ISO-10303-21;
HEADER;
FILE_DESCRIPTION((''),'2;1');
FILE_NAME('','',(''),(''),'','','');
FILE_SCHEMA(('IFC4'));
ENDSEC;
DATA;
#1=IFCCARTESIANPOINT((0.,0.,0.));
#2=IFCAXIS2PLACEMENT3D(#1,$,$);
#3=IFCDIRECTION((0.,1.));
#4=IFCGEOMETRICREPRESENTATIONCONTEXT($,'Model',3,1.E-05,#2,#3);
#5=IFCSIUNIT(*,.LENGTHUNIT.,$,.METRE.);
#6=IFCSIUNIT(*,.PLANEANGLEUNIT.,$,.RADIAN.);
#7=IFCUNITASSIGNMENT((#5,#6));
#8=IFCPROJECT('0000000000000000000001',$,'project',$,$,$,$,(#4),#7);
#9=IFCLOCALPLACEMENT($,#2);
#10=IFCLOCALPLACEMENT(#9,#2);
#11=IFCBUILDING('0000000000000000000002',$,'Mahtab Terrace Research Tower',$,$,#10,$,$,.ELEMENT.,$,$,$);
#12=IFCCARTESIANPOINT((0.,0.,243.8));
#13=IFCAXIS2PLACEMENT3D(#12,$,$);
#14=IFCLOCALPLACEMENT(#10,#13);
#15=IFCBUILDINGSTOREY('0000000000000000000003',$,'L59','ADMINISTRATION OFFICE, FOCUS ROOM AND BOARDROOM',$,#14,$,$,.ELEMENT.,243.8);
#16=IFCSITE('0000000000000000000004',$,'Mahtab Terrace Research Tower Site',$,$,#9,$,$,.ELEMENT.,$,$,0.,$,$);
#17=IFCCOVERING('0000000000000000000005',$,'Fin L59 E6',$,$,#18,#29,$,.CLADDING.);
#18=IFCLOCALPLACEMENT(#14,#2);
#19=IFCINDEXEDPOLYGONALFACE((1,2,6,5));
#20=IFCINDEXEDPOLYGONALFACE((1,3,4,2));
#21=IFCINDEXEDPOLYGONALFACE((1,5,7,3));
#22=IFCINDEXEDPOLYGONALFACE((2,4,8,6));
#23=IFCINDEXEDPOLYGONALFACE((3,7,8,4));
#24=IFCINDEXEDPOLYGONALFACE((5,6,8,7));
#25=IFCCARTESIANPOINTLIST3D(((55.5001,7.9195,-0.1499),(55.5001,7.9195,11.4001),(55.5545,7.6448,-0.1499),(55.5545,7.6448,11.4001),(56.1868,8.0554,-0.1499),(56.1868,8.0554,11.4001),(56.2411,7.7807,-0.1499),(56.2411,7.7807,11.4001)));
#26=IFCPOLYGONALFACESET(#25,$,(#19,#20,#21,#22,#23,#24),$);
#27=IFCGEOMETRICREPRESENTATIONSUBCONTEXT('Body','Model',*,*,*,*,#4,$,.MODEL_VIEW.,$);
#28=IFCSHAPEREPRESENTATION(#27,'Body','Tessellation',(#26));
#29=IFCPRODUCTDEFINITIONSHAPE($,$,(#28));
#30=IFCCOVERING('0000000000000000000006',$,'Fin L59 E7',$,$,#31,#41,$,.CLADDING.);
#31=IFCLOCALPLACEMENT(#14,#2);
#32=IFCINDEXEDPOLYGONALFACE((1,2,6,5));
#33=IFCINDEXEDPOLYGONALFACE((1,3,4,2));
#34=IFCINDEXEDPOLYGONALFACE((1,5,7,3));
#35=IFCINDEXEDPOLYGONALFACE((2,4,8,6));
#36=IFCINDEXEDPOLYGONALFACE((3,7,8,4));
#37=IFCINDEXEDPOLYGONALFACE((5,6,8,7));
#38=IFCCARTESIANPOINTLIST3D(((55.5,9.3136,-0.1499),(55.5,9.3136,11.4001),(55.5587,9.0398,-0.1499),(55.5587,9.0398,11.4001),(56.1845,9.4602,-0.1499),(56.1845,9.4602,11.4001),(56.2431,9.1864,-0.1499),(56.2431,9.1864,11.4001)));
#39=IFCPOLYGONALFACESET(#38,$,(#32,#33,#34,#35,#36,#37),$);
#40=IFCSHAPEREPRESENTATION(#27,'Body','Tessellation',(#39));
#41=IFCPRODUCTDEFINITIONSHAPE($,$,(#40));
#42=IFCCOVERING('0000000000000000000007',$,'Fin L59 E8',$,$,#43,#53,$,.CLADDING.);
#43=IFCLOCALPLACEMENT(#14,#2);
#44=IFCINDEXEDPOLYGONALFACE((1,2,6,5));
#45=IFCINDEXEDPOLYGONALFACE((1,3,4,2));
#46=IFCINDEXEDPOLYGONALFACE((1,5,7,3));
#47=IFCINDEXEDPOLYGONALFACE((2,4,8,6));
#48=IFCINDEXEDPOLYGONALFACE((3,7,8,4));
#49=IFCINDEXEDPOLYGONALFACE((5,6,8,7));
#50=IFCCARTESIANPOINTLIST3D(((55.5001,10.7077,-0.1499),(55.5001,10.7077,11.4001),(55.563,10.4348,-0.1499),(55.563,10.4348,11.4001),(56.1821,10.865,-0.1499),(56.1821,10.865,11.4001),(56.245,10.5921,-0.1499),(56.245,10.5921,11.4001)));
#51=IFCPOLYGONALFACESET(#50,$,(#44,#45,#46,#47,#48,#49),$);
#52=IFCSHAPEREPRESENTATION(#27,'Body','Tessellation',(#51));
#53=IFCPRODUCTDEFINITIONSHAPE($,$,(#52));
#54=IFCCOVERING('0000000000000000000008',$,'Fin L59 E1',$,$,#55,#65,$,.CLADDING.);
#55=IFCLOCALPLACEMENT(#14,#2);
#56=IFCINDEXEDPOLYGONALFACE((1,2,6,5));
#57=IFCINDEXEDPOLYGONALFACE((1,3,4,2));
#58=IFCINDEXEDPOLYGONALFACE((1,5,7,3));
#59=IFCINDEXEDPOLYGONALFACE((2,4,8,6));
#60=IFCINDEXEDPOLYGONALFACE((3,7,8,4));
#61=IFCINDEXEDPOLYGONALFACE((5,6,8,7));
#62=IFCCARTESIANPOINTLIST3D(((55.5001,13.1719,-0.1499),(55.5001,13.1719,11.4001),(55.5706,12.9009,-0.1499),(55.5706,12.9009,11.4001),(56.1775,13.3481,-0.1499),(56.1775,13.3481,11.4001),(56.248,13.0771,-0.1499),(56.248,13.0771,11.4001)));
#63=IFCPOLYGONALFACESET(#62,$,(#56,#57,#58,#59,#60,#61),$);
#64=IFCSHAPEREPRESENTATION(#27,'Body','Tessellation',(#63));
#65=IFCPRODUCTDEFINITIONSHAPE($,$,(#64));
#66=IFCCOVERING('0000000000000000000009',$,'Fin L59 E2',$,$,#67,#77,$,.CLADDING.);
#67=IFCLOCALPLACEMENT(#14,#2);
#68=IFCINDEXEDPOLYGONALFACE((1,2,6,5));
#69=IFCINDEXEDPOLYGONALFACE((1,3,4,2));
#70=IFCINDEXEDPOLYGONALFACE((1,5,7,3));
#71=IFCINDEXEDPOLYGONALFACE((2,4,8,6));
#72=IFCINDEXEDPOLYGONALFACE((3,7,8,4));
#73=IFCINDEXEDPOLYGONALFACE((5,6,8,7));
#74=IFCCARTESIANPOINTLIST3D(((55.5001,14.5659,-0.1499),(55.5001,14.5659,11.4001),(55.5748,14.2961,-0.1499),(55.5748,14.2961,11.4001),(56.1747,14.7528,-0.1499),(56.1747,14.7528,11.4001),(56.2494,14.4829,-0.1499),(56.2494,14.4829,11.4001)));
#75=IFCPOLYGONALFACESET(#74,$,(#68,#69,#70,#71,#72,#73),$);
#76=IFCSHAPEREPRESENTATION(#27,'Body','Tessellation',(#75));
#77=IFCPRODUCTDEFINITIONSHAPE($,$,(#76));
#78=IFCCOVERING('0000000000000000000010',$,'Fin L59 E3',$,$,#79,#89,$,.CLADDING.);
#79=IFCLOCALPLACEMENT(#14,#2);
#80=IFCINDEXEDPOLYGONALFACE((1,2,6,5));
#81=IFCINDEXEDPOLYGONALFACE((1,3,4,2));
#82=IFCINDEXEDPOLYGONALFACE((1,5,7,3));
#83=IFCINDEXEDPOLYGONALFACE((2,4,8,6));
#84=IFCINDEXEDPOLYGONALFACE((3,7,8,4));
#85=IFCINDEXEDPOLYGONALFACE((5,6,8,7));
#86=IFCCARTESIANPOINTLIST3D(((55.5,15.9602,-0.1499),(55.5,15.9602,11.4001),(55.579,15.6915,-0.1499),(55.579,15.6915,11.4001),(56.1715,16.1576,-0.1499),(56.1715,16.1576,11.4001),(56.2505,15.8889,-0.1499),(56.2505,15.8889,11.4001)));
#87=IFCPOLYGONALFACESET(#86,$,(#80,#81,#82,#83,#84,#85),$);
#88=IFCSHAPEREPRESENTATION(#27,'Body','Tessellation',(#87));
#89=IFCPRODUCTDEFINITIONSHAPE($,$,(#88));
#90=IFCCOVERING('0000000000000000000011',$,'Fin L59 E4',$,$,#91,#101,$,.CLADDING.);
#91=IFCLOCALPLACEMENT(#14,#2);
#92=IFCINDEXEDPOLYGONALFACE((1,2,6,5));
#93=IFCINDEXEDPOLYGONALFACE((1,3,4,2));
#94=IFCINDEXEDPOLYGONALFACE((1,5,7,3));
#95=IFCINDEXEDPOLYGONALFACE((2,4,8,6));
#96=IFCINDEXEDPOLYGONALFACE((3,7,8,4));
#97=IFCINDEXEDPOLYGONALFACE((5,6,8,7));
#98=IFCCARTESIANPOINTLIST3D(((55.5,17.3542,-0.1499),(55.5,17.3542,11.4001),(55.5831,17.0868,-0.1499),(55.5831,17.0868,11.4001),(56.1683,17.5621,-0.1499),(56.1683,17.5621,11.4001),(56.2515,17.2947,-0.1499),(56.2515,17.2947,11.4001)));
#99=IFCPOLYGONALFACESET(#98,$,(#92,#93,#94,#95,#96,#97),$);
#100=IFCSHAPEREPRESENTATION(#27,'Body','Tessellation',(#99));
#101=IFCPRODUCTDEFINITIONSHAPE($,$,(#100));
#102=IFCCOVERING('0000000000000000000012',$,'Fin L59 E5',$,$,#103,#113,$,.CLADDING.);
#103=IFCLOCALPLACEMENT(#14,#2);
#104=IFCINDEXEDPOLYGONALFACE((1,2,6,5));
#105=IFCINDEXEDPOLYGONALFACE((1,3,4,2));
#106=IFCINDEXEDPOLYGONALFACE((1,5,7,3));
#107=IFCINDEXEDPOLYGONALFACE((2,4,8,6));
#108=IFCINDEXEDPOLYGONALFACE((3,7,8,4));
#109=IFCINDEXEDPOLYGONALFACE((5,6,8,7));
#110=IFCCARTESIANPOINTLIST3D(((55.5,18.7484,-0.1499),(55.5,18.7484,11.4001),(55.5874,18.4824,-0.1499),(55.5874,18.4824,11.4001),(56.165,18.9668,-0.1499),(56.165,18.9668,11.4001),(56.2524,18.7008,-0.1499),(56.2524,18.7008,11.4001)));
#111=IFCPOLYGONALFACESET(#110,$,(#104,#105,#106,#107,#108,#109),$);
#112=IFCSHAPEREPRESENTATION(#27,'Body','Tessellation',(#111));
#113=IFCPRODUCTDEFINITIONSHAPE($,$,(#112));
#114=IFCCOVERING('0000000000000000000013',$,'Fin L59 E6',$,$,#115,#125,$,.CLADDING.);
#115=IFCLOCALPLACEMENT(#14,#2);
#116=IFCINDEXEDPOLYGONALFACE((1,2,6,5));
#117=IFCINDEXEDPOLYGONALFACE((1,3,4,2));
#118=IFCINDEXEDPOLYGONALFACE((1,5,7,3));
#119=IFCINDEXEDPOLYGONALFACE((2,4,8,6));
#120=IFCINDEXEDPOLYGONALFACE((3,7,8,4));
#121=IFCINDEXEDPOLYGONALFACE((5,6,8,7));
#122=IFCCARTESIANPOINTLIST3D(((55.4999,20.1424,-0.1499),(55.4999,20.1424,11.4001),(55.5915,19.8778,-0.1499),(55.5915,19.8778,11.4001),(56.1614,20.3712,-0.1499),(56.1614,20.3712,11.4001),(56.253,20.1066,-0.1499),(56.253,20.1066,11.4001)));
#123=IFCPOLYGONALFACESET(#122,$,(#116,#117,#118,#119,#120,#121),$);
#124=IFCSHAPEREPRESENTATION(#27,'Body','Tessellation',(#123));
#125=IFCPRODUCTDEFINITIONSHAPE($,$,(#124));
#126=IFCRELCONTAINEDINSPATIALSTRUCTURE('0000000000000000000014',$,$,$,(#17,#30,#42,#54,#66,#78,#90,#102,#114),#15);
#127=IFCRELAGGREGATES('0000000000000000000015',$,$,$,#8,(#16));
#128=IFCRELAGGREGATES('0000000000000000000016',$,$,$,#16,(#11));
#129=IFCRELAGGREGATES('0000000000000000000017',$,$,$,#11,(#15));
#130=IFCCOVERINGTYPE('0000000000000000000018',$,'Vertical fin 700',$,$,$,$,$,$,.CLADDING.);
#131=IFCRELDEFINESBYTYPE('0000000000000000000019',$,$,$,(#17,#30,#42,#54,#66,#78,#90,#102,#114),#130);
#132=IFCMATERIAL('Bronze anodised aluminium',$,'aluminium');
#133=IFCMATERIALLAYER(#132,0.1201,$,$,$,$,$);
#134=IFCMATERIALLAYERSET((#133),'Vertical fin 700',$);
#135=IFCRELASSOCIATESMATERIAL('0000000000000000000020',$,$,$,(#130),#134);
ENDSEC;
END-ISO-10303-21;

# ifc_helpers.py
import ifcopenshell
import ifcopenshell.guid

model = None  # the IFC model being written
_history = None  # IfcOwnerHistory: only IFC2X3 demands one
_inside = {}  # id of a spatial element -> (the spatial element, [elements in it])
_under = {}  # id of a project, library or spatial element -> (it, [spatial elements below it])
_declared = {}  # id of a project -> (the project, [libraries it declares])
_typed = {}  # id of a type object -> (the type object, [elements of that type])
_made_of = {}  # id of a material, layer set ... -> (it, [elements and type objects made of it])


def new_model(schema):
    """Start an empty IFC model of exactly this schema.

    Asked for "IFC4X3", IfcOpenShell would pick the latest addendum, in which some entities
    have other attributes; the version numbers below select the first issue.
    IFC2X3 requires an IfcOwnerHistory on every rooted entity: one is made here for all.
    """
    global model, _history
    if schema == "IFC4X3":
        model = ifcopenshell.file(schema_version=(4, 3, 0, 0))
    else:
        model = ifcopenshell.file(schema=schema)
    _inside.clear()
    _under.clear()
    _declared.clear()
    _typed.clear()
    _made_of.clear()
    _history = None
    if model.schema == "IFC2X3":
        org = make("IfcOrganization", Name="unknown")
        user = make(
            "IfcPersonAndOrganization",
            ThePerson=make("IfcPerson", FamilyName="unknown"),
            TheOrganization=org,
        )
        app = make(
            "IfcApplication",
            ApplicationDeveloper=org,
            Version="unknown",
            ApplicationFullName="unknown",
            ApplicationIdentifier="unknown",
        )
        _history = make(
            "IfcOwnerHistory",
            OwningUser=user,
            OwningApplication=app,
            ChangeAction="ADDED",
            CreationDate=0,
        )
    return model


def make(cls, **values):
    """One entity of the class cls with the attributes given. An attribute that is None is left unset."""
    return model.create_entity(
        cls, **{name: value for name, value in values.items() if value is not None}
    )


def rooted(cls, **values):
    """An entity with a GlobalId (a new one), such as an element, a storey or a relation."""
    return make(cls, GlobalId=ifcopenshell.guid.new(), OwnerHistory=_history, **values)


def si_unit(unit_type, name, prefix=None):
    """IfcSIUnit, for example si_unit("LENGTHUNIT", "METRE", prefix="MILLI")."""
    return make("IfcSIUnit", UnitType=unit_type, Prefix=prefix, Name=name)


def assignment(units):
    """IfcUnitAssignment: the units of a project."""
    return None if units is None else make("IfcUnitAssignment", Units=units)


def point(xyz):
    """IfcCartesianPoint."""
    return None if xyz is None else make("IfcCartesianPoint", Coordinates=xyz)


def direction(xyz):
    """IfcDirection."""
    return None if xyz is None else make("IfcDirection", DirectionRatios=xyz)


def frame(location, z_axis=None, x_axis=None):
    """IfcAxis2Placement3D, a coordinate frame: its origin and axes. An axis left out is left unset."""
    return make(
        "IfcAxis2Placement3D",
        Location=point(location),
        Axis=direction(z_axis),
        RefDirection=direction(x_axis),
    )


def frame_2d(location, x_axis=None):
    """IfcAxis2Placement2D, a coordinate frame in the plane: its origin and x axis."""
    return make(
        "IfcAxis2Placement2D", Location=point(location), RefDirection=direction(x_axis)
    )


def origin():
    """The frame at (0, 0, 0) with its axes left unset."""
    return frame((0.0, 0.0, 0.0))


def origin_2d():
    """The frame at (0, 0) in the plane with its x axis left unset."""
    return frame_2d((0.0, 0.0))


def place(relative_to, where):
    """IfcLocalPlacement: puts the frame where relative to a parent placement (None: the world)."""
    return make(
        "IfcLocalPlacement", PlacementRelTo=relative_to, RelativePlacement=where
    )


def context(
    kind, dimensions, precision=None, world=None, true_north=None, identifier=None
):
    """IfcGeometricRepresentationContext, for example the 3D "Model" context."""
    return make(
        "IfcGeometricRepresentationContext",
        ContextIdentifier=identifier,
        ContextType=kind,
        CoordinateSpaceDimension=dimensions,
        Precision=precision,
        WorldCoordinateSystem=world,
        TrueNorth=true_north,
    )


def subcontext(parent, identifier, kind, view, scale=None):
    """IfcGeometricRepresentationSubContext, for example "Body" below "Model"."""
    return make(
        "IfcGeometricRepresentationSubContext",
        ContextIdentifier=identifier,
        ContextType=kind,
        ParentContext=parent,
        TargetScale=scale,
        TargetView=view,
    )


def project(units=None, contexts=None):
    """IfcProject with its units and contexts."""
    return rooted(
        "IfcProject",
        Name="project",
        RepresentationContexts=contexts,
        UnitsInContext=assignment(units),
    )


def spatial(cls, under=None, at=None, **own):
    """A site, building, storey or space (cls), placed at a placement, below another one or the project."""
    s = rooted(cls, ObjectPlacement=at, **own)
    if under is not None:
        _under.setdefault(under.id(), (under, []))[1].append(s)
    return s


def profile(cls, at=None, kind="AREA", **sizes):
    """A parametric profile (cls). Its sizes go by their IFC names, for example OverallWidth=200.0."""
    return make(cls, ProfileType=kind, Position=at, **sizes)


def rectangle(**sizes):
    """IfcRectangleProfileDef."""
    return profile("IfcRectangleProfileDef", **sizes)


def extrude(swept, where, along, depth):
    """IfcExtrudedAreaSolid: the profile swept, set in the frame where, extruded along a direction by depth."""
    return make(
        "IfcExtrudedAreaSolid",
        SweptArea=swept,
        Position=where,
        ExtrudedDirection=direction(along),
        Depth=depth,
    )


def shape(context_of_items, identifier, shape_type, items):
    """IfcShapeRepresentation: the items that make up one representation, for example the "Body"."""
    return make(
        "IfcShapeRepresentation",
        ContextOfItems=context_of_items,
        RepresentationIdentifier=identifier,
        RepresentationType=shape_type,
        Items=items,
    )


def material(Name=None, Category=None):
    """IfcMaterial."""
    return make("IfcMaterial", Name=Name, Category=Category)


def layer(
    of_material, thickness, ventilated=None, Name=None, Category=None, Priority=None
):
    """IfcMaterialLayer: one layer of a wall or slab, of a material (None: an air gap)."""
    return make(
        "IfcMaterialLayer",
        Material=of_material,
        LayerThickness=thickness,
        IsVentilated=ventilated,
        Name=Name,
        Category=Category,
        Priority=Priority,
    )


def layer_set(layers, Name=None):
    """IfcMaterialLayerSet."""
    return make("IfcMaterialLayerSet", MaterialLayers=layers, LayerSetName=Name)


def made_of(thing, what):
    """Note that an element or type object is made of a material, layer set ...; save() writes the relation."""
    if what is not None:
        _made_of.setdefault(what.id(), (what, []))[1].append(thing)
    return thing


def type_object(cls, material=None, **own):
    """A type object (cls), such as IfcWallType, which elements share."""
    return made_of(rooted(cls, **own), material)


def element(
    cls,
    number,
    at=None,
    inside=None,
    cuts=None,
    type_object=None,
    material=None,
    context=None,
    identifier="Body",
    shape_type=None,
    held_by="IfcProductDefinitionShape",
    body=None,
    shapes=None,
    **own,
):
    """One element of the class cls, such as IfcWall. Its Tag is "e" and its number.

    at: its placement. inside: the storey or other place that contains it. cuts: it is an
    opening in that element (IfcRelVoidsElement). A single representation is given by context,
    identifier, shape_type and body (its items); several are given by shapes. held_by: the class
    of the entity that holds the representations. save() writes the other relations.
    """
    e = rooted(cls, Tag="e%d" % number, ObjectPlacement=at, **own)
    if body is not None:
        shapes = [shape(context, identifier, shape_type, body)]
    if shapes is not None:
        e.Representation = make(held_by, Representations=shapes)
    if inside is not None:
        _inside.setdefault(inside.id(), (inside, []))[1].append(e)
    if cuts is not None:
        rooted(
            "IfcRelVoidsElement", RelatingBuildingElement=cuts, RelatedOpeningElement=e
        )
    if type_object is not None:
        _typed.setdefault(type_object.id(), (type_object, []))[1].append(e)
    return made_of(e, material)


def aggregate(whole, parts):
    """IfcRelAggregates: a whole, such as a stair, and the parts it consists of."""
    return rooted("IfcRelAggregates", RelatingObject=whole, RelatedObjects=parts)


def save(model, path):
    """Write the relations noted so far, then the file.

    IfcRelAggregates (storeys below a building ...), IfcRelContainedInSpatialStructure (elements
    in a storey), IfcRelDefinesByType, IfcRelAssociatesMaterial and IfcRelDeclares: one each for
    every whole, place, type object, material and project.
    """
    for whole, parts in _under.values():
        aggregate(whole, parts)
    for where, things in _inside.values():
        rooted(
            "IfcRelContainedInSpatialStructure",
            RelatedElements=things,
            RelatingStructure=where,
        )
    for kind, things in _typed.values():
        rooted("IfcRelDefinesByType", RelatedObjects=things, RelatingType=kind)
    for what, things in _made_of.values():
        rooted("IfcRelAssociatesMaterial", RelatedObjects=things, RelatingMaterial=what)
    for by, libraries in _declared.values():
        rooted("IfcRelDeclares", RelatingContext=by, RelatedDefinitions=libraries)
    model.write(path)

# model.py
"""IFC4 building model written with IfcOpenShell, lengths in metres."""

from ifc_helpers import new_model, si_unit, direction, frame, origin, origin_2d, place, context, subcontext, project, spatial, rectangle, extrude, material, layer, layer_set, type_object, element, save


model = new_model("IFC4")

# Units and contexts
model_context = context("Model", 3, precision=1e-05, world=origin(), true_north=direction((0.0, 1.0)))
body_context = subcontext(model_context, "Body", "Model", "MODEL_VIEW")
ifc_project = project(units=[si_unit("LENGTHUNIT", "METRE"), si_unit("PLANEANGLEUNIT", "RADIAN")], contexts=[model_context])

# Site, building, storey
site_placement = place(None, origin())
site = spatial("IfcSite", under=ifc_project, at=site_placement, Name="Mahtab Terrace Research Tower Site", CompositionType="ELEMENT", RefElevation=0.0)
building_placement = place(site_placement, origin())
building = spatial("IfcBuilding", under=site, at=building_placement, Name="Mahtab Terrace Research Tower", CompositionType="ELEMENT")
storey_placement = place(building_placement, frame((0.0, 0.0, 243.8)))
storey = spatial("IfcBuildingStorey", under=building, at=storey_placement, Name="L59", Description="ADMINISTRATION OFFICE, FOCUS ROOM AND BOARDROOM", CompositionType="ELEMENT", Elevation=243.8)

# Coverings
ifc_material_1 = material(Name="Bronze anodised aluminium", Category="aluminium")
ifc_layer_1 = layer(ifc_material_1, 0.1201)
ifc_layer_set_1 = layer_set([ifc_layer_1], Name="Vertical fin 700")
covering_type_1 = type_object("IfcCoveringType", Name="Vertical fin 700", PredefinedType="CLADDING", material=ifc_layer_set_1)
for number, where, z_axis, x_axis, name in (
    (1, (55.8706, 7.8501, -0.1499), (0.0, 0.0, 1.0), (-0.19405, 0.980992, 0.0), "Fin L59 E6"),
    (2, (55.8716, 9.25, -0.1499), (0.0, 0.0, 1.0), (-0.209435, 0.977823, 0.0), "Fin L59 E7"),
    (3, (55.8726, 10.6499, -0.1499), (0.0, 0.0, 1.0), (-0.224767, 0.974412, 0.0), "Fin L59 E8"),
    (4, (55.874, 13.1245, -0.1499), (0.0, 0.0, 1.0), (-0.25173, 0.967798, 0.0), "Fin L59 E1"),
    (5, (55.8748, 14.5244, -0.1499), (0.0, 0.0, 1.0), (-0.2669, 0.963724, 0.0), "Fin L59 E2"),
    (6, (55.8752, 15.9246, -0.1499), (0.0, 0.0, 1.0), (-0.282004, 0.959413, 0.0), "Fin L59 E3"),
    (7, (55.8757, 17.3245, -0.1499), (0.0, 0.0, 1.0), (-0.297039, 0.954865, 0.0), "Fin L59 E4"),
    (8, (55.8762, 18.7246, -0.1499), (0.0, 0.0, 1.0), (-0.312, 0.950082, 0.0), "Fin L59 E5"),
    (9, (55.8765, 20.1245, -0.1499), (0.0, 0.0, 1.0), (-0.326884, 0.945064, 0.0), "Fin L59 E6"),
):
    element("IfcCovering", number, at=place(storey_placement, frame(where, z_axis=z_axis, x_axis=x_axis)), inside=storey, type_object=covering_type_1, Name=name, PredefinedType="CLADDING", context=body_context, shape_type="SweptSolid", body=[
        extrude(rectangle(XDim=0.28, YDim=0.7, at=origin_2d()), origin(), (0.0, 0.0, 1.0), 11.55),
    ])

save(model, "model.ifc")
